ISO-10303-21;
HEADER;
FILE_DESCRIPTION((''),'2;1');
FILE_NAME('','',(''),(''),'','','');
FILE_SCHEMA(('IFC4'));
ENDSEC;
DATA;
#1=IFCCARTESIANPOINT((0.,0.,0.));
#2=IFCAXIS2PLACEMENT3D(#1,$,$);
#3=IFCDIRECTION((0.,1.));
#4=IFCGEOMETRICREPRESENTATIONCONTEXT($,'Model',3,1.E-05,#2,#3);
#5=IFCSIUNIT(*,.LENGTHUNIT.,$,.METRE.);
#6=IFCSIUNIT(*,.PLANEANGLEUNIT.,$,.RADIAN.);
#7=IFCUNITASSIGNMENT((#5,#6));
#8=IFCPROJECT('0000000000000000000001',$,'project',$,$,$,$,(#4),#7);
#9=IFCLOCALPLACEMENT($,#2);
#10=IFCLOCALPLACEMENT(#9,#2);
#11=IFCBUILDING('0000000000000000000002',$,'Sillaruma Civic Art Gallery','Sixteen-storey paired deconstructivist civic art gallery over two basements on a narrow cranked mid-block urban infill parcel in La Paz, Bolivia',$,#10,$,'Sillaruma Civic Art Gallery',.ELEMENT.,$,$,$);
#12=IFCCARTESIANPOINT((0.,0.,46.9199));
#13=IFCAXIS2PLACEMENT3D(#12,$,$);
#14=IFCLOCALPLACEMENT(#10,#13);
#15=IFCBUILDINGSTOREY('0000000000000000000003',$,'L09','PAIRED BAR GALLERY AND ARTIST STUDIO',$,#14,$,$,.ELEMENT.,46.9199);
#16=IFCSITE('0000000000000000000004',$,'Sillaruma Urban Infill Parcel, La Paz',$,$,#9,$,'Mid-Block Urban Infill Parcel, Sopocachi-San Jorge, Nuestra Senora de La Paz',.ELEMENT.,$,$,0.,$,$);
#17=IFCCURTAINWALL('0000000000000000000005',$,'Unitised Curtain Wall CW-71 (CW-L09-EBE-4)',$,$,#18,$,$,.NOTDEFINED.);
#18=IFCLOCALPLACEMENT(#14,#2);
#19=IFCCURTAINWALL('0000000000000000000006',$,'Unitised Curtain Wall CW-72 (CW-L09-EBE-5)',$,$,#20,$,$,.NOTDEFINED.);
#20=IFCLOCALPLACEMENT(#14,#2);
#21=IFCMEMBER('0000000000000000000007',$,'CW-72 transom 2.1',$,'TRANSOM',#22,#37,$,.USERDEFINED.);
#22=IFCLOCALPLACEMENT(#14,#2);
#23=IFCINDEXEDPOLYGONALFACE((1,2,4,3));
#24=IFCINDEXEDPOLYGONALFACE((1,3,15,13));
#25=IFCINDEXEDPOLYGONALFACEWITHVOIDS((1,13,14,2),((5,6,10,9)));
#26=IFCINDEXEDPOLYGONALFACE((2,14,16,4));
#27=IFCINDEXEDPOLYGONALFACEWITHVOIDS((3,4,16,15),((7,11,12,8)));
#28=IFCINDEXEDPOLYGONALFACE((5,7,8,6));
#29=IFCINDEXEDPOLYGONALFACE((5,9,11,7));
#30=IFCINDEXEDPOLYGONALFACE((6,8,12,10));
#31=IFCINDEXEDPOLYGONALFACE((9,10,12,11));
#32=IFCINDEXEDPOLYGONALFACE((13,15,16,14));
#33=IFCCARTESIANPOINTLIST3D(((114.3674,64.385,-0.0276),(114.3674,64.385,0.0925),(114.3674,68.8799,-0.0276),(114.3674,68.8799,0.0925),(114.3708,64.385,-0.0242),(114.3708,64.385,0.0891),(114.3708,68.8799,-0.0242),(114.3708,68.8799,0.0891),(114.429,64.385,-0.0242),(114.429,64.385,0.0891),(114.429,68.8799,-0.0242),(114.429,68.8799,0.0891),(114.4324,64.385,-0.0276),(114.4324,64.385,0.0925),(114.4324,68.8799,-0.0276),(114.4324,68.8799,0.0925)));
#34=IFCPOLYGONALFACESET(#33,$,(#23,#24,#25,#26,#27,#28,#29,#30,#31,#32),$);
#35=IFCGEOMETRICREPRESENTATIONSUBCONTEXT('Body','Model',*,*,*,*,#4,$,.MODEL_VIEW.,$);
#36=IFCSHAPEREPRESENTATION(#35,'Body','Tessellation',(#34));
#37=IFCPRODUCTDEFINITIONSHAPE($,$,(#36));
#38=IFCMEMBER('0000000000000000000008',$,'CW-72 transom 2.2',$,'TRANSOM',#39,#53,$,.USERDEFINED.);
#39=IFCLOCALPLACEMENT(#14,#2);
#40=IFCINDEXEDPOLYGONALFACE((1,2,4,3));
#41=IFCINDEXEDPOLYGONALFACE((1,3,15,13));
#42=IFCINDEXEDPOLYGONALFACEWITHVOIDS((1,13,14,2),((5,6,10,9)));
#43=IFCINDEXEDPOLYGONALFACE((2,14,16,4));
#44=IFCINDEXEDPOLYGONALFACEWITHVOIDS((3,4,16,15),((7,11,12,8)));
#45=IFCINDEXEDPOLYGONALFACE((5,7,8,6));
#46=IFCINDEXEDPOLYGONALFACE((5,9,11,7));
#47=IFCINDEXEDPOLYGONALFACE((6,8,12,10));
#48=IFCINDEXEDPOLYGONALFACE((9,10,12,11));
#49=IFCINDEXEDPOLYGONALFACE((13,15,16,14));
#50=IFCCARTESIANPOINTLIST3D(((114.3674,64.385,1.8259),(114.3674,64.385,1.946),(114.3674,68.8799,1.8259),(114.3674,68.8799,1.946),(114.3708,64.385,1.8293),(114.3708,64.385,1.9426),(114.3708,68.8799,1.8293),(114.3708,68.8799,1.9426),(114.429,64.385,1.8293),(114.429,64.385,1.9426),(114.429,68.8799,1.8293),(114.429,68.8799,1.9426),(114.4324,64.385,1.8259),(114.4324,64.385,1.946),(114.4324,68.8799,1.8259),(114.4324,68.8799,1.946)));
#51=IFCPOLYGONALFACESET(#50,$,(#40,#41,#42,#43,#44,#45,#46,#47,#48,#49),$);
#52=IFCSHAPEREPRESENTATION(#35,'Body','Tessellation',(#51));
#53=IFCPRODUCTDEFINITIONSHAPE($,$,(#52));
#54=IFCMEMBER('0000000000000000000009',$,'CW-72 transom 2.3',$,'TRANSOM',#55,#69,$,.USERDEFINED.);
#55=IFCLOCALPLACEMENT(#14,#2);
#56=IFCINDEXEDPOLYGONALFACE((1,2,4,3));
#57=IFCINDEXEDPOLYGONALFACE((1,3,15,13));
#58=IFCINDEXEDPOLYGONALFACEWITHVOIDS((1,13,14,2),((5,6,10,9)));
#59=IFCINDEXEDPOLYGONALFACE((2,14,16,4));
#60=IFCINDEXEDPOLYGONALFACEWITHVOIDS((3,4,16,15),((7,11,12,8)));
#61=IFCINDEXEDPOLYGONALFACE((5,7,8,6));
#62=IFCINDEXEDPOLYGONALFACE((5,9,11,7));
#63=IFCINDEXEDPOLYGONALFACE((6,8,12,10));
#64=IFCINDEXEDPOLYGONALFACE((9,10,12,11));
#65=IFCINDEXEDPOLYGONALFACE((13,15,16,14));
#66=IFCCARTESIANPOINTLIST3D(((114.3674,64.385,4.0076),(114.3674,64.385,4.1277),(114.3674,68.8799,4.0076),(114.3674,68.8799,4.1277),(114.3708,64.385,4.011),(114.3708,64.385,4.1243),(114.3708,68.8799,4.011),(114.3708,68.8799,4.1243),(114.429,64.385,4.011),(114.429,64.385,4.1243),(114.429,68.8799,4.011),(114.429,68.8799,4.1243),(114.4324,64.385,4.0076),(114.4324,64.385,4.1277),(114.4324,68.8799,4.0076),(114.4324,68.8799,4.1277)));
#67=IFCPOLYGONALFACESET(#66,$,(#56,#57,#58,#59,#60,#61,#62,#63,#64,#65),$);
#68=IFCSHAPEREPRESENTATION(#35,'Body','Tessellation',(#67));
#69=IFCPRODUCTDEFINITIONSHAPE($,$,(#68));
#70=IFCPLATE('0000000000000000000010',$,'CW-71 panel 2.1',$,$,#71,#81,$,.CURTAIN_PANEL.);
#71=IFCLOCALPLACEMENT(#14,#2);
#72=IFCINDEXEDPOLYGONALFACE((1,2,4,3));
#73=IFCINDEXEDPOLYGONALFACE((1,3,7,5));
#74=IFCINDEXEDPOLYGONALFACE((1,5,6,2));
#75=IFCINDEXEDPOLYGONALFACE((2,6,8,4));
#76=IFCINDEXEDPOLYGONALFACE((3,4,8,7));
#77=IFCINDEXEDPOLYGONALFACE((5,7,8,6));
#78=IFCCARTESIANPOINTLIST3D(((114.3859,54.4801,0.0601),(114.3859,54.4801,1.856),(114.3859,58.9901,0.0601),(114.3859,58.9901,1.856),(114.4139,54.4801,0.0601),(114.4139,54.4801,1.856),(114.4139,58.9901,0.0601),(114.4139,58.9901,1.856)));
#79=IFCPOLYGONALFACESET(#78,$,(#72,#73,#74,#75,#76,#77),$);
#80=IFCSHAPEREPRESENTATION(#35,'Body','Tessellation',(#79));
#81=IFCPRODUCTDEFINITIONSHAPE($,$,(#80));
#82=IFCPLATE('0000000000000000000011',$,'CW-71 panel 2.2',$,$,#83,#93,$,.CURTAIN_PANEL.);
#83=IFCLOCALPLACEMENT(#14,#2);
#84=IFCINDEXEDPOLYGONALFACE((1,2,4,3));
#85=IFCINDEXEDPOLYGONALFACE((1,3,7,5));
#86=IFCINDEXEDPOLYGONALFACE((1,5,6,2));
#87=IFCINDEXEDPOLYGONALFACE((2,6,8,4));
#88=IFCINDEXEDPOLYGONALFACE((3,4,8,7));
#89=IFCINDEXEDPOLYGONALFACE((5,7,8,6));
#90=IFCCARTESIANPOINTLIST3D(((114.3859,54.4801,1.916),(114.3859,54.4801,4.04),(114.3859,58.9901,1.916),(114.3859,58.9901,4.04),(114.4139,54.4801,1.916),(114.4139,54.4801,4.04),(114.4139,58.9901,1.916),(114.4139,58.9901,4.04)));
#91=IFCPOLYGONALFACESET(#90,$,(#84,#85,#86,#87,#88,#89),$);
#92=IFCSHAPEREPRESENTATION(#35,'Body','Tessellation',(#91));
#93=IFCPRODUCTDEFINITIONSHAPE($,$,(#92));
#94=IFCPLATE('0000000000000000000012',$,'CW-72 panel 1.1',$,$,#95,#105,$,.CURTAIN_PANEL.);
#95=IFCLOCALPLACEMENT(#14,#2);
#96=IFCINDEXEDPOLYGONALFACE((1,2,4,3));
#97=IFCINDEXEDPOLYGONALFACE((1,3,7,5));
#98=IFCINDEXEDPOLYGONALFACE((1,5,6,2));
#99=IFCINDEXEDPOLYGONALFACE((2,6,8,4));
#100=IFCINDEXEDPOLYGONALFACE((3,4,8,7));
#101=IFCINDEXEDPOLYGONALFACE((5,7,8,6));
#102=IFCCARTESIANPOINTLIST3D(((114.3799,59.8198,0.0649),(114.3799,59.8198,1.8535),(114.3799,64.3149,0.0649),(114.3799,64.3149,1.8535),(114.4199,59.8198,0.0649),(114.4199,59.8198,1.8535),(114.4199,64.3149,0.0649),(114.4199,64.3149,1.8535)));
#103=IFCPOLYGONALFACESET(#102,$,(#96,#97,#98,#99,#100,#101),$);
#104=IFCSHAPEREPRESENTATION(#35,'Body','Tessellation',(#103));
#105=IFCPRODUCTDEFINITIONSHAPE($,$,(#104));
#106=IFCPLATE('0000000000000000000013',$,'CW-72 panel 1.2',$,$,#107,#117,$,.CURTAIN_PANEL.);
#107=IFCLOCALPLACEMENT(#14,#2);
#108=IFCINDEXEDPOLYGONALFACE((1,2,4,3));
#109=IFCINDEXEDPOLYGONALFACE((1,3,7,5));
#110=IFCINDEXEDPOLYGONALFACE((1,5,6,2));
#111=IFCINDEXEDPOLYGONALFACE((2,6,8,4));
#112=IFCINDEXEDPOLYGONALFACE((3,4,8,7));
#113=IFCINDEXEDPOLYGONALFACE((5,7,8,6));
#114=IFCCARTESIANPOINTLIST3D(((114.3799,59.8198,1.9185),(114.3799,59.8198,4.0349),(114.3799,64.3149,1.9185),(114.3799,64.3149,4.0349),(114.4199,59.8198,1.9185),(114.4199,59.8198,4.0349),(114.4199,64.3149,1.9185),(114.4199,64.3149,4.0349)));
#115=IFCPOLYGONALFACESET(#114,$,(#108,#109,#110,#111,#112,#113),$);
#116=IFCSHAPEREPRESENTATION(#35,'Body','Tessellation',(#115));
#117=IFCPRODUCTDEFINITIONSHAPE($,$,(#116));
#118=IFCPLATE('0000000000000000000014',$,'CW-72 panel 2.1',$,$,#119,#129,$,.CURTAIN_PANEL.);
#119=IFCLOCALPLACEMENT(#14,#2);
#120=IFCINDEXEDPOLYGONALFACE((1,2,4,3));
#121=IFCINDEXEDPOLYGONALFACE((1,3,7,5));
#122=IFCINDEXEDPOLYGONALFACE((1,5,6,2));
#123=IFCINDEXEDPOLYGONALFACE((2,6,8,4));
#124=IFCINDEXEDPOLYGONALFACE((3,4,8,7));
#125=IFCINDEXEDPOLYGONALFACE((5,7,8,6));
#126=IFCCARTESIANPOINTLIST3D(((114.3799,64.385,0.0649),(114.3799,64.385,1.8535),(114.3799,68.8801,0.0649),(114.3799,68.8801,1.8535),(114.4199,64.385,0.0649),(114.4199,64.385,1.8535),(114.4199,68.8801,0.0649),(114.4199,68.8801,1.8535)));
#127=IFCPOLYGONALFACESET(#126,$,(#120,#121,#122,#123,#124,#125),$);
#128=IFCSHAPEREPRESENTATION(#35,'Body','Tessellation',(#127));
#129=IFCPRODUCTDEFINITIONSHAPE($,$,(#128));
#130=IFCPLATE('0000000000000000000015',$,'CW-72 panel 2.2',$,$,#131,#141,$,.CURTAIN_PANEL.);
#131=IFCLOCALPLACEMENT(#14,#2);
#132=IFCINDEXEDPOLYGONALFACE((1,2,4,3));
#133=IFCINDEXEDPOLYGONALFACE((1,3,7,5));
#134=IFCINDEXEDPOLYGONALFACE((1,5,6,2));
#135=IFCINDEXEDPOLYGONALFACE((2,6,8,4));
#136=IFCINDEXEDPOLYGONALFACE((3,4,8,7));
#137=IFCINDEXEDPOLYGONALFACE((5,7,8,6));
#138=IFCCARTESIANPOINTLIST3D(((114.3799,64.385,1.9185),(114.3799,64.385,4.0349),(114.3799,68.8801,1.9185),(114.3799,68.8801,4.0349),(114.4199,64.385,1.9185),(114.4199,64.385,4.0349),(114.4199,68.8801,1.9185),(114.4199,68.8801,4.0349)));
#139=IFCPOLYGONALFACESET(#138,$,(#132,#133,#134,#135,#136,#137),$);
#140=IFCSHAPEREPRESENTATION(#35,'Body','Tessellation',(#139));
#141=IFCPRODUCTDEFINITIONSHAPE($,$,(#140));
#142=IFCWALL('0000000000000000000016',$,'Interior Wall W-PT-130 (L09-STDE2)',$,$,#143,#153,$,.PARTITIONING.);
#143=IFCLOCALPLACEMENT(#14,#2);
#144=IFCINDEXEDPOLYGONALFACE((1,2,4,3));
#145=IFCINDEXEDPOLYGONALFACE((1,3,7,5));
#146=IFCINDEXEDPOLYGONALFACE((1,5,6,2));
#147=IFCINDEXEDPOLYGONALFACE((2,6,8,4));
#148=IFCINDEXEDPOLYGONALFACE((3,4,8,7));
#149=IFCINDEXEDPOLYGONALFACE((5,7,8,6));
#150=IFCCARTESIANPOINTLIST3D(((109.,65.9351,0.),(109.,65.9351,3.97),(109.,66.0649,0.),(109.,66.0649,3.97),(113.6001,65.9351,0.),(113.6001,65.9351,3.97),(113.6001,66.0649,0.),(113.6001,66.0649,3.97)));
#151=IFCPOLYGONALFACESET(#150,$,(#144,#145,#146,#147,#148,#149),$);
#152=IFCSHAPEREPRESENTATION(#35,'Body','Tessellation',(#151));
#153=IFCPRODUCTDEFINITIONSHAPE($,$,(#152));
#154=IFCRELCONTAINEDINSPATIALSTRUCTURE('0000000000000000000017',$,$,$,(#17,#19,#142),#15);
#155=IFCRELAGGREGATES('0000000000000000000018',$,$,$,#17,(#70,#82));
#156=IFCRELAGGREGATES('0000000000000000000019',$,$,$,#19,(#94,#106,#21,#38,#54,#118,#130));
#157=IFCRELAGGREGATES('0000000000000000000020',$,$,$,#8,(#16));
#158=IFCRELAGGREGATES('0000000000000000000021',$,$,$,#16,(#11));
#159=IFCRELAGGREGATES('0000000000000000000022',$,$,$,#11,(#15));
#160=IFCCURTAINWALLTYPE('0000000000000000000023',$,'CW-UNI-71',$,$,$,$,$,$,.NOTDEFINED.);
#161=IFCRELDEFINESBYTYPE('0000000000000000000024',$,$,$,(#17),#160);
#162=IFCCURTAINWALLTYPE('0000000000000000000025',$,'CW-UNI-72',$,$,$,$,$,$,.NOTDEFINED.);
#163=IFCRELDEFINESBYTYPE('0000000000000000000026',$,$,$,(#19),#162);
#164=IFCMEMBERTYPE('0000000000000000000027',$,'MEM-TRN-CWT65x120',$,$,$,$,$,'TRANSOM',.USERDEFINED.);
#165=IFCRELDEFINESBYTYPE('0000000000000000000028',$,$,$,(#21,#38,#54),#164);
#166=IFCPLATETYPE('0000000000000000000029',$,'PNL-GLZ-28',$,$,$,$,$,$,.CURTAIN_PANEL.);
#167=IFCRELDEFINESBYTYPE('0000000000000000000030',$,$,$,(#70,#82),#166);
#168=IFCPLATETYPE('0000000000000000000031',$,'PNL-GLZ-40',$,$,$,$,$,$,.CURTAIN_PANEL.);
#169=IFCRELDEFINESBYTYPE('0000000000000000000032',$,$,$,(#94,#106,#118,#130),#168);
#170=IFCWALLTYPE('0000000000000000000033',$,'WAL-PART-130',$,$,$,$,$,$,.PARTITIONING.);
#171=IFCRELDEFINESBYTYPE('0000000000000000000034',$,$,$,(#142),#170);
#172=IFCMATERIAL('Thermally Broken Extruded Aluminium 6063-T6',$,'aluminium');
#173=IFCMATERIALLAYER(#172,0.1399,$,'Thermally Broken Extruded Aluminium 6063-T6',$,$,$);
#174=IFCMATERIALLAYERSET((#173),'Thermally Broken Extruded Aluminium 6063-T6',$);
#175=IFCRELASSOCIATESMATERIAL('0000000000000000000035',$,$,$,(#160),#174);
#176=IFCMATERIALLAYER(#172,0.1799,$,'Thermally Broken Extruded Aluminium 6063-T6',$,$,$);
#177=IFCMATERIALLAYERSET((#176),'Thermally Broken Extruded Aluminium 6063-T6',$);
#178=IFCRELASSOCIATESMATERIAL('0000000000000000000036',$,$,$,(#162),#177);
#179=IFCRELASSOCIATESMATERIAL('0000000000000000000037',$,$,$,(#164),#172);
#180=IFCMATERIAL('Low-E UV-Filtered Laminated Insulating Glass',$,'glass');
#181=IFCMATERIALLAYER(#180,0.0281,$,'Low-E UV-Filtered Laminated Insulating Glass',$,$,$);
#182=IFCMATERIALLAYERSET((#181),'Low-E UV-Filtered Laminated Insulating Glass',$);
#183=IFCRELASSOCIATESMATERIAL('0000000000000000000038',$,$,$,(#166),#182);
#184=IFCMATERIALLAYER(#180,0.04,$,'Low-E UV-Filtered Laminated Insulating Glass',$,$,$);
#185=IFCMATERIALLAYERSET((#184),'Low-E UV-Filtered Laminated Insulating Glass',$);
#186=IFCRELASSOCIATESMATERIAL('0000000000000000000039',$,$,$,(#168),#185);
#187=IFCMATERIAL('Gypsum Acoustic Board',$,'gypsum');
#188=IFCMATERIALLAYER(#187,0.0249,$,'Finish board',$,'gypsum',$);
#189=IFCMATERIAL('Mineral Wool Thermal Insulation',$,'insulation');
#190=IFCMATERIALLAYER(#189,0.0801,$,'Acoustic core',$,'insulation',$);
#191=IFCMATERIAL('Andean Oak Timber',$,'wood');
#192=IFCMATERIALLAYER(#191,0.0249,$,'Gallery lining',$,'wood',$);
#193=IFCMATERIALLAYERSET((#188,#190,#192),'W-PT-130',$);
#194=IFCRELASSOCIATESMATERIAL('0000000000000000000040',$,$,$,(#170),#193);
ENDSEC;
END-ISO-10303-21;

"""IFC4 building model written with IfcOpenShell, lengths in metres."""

from ifc_helpers import new_model, si_unit, direction, frame, frame_2d, origin, origin_2d, place, context, subcontext, project, spatial, rectangle, hollow_rectangle, extrude, material, layer, layer_set, material_profile, profile_set, type_object, element, aggregate, save


model = new_model("IFC4")

# Units and contexts
model_context = context("Model", 3, precision=1e-05, world=origin(), true_north=direction((0.0, 1.0)))
body_context = subcontext(model_context, "Body", "Model", "MODEL_VIEW")
ifc_project = project(units=[si_unit("LENGTHUNIT", "METRE"), si_unit("PLANEANGLEUNIT", "RADIAN")], contexts=[model_context])

# Site, building, storey
site_placement = place(None, origin())
site = spatial("IfcSite", under=ifc_project, at=site_placement, Name="Sillaruma Urban Infill Parcel, La Paz", LongName="Mid-Block Urban Infill Parcel, Sopocachi-San Jorge, Nuestra Senora de La Paz", CompositionType="ELEMENT", RefElevation=0.0)
building_placement = place(site_placement, origin())
building = spatial("IfcBuilding", under=site, at=building_placement, Name="Sillaruma Civic Art Gallery", Description="Sixteen-storey paired deconstructivist civic art gallery over two basements on a narrow cranked mid-block urban infill parcel in La Paz, Bolivia", LongName="Sillaruma Civic Art Gallery", CompositionType="ELEMENT")
storey_placement = place(building_placement, frame((0.0, 0.0, 46.9199)))
storey = spatial("IfcBuildingStorey", under=building, at=storey_placement, Name="L09", Description="PAIRED BAR GALLERY AND ARTIST STUDIO", CompositionType="ELEMENT", Elevation=46.9199)

# Curtain wall
ifc_material_1 = material(Name="Thermally Broken Extruded Aluminium 6063-T6", Category="aluminium")
ifc_layer_1 = layer(ifc_material_1, 0.1399, Name="Thermally Broken Extruded Aluminium 6063-T6")
ifc_layer_set_1 = layer_set([ifc_layer_1], Name="Thermally Broken Extruded Aluminium 6063-T6")
curtain_wall_type_1 = type_object("IfcCurtainWallType", Name="CW-UNI-71", PredefinedType="NOTDEFINED", material=ifc_layer_set_1)
curtain_wall_1_placement = place(storey_placement, origin())
curtain_wall_1 = element("IfcCurtainWall", 1, at=curtain_wall_1_placement, inside=storey, type_object=curtain_wall_type_1, Name="Unitised Curtain Wall CW-71 (CW-L09-EBE-4)", PredefinedType="NOTDEFINED")

# Curtain wall, members
ifc_layer_2 = layer(ifc_material_1, 0.1799, Name="Thermally Broken Extruded Aluminium 6063-T6")
ifc_layer_set_2 = layer_set([ifc_layer_2], Name="Thermally Broken Extruded Aluminium 6063-T6")
curtain_wall_type_2 = type_object("IfcCurtainWallType", Name="CW-UNI-72", PredefinedType="NOTDEFINED", material=ifc_layer_set_2)
curtain_wall_2_placement = place(storey_placement, origin())
curtain_wall_2 = element("IfcCurtainWall", 2, at=curtain_wall_2_placement, inside=storey, type_object=curtain_wall_type_2, Name="Unitised Curtain Wall CW-72 (CW-L09-EBE-5)", PredefinedType="NOTDEFINED")
ifc_material_profile_1 = material_profile(ifc_material_1, hollow_rectangle(XDim=0.0649, YDim=0.1201, WallThickness=0.0034, at=origin_2d()), Name="CWT65x120")
ifc_profile_set_1 = profile_set([ifc_material_profile_1], Name="Thermally Broken Extruded Aluminium 6063-T6")
member_type_1 = type_object("IfcMemberType", Name="MEM-TRN-CWT65x120", ElementType="TRANSOM", PredefinedType="USERDEFINED", material=ifc_profile_set_1)
member_1_placement = place(storey_placement, frame((114.3999, 64.385, 0.0325), z_axis=(0.0, 1.0, 0.0), x_axis=(-1.0, 0.0, 0.0)))
member_1 = element("IfcMember", 3, at=member_1_placement, type_object=member_type_1, Name="CW-72 transom 2.1", ObjectType="TRANSOM", PredefinedType="USERDEFINED", context=body_context, shape_type="SweptSolid", body=[
    extrude(hollow_rectangle(XDim=0.0649, YDim=0.1201, WallThickness=0.0034, at=origin_2d()), origin(), (0.0, 0.0, 1.0), 4.4949),
])
member_2_placement = place(storey_placement, frame((114.3999, 64.385, 1.886), z_axis=(0.0, 1.0, 0.0), x_axis=(-1.0, 0.0, 0.0)))
member_2 = element("IfcMember", 4, at=member_2_placement, type_object=member_type_1, Name="CW-72 transom 2.2", ObjectType="TRANSOM", PredefinedType="USERDEFINED", context=body_context, shape_type="SweptSolid", body=[
    extrude(hollow_rectangle(XDim=0.0649, YDim=0.1201, WallThickness=0.0034, at=origin_2d()), origin(), (0.0, 0.0, 1.0), 4.4949),
])
member_3_placement = place(storey_placement, frame((114.3999, 64.385, 4.0676), z_axis=(0.0, 1.0, 0.0), x_axis=(-1.0, 0.0, 0.0)))
member_3 = element("IfcMember", 5, at=member_3_placement, type_object=member_type_1, Name="CW-72 transom 2.3", ObjectType="TRANSOM", PredefinedType="USERDEFINED", context=body_context, shape_type="SweptSolid", body=[
    extrude(hollow_rectangle(XDim=0.0649, YDim=0.1201, WallThickness=0.0034, at=origin_2d()), origin(), (0.0, 0.0, 1.0), 4.4949),
])

# Plates
ifc_material_2 = material(Name="Low-E UV-Filtered Laminated Insulating Glass", Category="glass")
ifc_layer_3 = layer(ifc_material_2, 0.0281, Name="Low-E UV-Filtered Laminated Insulating Glass")
ifc_layer_set_3 = layer_set([ifc_layer_3], Name="Low-E UV-Filtered Laminated Insulating Glass")
plate_type_1 = type_object("IfcPlateType", Name="PNL-GLZ-28", PredefinedType="CURTAIN_PANEL", material=ifc_layer_set_3)
plate_1_placement = place(storey_placement, frame((114.3999, 56.7351, 0.0601), z_axis=(0.0, 0.0, 1.0), x_axis=(0.0, 1.0, 0.0)))
plate_1 = element("IfcPlate", 6, at=plate_1_placement, type_object=plate_type_1, Name="CW-71 panel 2.1", PredefinedType="CURTAIN_PANEL", context=body_context, shape_type="SweptSolid", body=[
    extrude(rectangle(XDim=4.51, YDim=0.0281, at=origin_2d()), origin(), (0.0, 0.0, 1.0), 1.7959),
])
plate_2_placement = place(storey_placement, frame((114.3999, 56.7351, 1.916), z_axis=(0.0, 0.0, 1.0), x_axis=(0.0, 1.0, 0.0)))
plate_2 = element("IfcPlate", 7, at=plate_2_placement, type_object=plate_type_1, Name="CW-71 panel 2.2", PredefinedType="CURTAIN_PANEL", context=body_context, shape_type="SweptSolid", body=[
    extrude(rectangle(XDim=4.51, YDim=0.0281, at=origin_2d()), origin(), (0.0, 0.0, 1.0), 2.124),
])
aggregate(curtain_wall_1, [plate_1, plate_2])
ifc_layer_4 = layer(ifc_material_2, 0.04, Name="Low-E UV-Filtered Laminated Insulating Glass")
ifc_layer_set_4 = layer_set([ifc_layer_4], Name="Low-E UV-Filtered Laminated Insulating Glass")
plate_type_2 = type_object("IfcPlateType", Name="PNL-GLZ-40", PredefinedType="CURTAIN_PANEL", material=ifc_layer_set_4)
plate_3_placement = place(storey_placement, frame((114.3999, 62.0674, 0.0649), z_axis=(0.0, 0.0, 1.0), x_axis=(0.0, 1.0, 0.0)))
plate_3 = element("IfcPlate", 8, at=plate_3_placement, type_object=plate_type_2, Name="CW-72 panel 1.1", PredefinedType="CURTAIN_PANEL", context=body_context, shape_type="SweptSolid", body=[
    extrude(rectangle(XDim=4.4951, YDim=0.04, at=origin_2d()), origin(), (0.0, 0.0, 1.0), 1.7886),
])
plate_4_placement = place(storey_placement, frame((114.3999, 62.0674, 1.9185), z_axis=(0.0, 0.0, 1.0), x_axis=(0.0, 1.0, 0.0)))
plate_4 = element("IfcPlate", 9, at=plate_4_placement, type_object=plate_type_2, Name="CW-72 panel 1.2", PredefinedType="CURTAIN_PANEL", context=body_context, shape_type="SweptSolid", body=[
    extrude(rectangle(XDim=4.4951, YDim=0.04, at=origin_2d()), origin(), (0.0, 0.0, 1.0), 2.1165),
])
plate_5_placement = place(storey_placement, frame((114.3999, 66.6326, 0.0649), z_axis=(0.0, 0.0, 1.0), x_axis=(0.0, 1.0, 0.0)))
plate_5 = element("IfcPlate", 10, at=plate_5_placement, type_object=plate_type_2, Name="CW-72 panel 2.1", PredefinedType="CURTAIN_PANEL", context=body_context, shape_type="SweptSolid", body=[
    extrude(rectangle(XDim=4.4951, YDim=0.04, at=origin_2d()), origin(), (0.0, 0.0, 1.0), 1.7886),
])
plate_6_placement = place(storey_placement, frame((114.3999, 66.6326, 1.9185), z_axis=(0.0, 0.0, 1.0), x_axis=(0.0, 1.0, 0.0)))
plate_6 = element("IfcPlate", 11, at=plate_6_placement, type_object=plate_type_2, Name="CW-72 panel 2.2", PredefinedType="CURTAIN_PANEL", context=body_context, shape_type="SweptSolid", body=[
    extrude(rectangle(XDim=4.4951, YDim=0.04, at=origin_2d()), origin(), (0.0, 0.0, 1.0), 2.1165),
])
aggregate(curtain_wall_2, [plate_3, plate_4, member_1, member_2, member_3, plate_5, plate_6])

# Wall
ifc_material_3 = material(Name="Gypsum Acoustic Board", Category="gypsum")
ifc_layer_5 = layer(ifc_material_3, 0.0249, Name="Finish board", Category="gypsum")
ifc_material_4 = material(Name="Mineral Wool Thermal Insulation", Category="insulation")
ifc_layer_6 = layer(ifc_material_4, 0.0801, Name="Acoustic core", Category="insulation")
ifc_material_5 = material(Name="Andean Oak Timber", Category="wood")
ifc_layer_7 = layer(ifc_material_5, 0.0249, Name="Gallery lining", Category="wood")
ifc_layer_set_5 = layer_set([ifc_layer_5, ifc_layer_6, ifc_layer_7], Name="W-PT-130")
wall_type = type_object("IfcWallType", Name="WAL-PART-130", PredefinedType="PARTITIONING", material=ifc_layer_set_5)
wall_placement = place(storey_placement, frame((109.0, 66.0, 0.0), z_axis=(0.0, 0.0, 1.0), x_axis=(1.0, 0.0, 0.0)))
element("IfcWall", 12, at=wall_placement, inside=storey, type_object=wall_type, Name="Interior Wall W-PT-130 (L09-STDE2)", PredefinedType="PARTITIONING", context=body_context, shape_type="SweptSolid", body=[
    extrude(rectangle(XDim=4.6001, YDim=0.1299, at=frame_2d((2.3, 0.0))), origin(), (0.0, 0.0, 1.0), 3.97),
])

save(model, "model.ifc")
